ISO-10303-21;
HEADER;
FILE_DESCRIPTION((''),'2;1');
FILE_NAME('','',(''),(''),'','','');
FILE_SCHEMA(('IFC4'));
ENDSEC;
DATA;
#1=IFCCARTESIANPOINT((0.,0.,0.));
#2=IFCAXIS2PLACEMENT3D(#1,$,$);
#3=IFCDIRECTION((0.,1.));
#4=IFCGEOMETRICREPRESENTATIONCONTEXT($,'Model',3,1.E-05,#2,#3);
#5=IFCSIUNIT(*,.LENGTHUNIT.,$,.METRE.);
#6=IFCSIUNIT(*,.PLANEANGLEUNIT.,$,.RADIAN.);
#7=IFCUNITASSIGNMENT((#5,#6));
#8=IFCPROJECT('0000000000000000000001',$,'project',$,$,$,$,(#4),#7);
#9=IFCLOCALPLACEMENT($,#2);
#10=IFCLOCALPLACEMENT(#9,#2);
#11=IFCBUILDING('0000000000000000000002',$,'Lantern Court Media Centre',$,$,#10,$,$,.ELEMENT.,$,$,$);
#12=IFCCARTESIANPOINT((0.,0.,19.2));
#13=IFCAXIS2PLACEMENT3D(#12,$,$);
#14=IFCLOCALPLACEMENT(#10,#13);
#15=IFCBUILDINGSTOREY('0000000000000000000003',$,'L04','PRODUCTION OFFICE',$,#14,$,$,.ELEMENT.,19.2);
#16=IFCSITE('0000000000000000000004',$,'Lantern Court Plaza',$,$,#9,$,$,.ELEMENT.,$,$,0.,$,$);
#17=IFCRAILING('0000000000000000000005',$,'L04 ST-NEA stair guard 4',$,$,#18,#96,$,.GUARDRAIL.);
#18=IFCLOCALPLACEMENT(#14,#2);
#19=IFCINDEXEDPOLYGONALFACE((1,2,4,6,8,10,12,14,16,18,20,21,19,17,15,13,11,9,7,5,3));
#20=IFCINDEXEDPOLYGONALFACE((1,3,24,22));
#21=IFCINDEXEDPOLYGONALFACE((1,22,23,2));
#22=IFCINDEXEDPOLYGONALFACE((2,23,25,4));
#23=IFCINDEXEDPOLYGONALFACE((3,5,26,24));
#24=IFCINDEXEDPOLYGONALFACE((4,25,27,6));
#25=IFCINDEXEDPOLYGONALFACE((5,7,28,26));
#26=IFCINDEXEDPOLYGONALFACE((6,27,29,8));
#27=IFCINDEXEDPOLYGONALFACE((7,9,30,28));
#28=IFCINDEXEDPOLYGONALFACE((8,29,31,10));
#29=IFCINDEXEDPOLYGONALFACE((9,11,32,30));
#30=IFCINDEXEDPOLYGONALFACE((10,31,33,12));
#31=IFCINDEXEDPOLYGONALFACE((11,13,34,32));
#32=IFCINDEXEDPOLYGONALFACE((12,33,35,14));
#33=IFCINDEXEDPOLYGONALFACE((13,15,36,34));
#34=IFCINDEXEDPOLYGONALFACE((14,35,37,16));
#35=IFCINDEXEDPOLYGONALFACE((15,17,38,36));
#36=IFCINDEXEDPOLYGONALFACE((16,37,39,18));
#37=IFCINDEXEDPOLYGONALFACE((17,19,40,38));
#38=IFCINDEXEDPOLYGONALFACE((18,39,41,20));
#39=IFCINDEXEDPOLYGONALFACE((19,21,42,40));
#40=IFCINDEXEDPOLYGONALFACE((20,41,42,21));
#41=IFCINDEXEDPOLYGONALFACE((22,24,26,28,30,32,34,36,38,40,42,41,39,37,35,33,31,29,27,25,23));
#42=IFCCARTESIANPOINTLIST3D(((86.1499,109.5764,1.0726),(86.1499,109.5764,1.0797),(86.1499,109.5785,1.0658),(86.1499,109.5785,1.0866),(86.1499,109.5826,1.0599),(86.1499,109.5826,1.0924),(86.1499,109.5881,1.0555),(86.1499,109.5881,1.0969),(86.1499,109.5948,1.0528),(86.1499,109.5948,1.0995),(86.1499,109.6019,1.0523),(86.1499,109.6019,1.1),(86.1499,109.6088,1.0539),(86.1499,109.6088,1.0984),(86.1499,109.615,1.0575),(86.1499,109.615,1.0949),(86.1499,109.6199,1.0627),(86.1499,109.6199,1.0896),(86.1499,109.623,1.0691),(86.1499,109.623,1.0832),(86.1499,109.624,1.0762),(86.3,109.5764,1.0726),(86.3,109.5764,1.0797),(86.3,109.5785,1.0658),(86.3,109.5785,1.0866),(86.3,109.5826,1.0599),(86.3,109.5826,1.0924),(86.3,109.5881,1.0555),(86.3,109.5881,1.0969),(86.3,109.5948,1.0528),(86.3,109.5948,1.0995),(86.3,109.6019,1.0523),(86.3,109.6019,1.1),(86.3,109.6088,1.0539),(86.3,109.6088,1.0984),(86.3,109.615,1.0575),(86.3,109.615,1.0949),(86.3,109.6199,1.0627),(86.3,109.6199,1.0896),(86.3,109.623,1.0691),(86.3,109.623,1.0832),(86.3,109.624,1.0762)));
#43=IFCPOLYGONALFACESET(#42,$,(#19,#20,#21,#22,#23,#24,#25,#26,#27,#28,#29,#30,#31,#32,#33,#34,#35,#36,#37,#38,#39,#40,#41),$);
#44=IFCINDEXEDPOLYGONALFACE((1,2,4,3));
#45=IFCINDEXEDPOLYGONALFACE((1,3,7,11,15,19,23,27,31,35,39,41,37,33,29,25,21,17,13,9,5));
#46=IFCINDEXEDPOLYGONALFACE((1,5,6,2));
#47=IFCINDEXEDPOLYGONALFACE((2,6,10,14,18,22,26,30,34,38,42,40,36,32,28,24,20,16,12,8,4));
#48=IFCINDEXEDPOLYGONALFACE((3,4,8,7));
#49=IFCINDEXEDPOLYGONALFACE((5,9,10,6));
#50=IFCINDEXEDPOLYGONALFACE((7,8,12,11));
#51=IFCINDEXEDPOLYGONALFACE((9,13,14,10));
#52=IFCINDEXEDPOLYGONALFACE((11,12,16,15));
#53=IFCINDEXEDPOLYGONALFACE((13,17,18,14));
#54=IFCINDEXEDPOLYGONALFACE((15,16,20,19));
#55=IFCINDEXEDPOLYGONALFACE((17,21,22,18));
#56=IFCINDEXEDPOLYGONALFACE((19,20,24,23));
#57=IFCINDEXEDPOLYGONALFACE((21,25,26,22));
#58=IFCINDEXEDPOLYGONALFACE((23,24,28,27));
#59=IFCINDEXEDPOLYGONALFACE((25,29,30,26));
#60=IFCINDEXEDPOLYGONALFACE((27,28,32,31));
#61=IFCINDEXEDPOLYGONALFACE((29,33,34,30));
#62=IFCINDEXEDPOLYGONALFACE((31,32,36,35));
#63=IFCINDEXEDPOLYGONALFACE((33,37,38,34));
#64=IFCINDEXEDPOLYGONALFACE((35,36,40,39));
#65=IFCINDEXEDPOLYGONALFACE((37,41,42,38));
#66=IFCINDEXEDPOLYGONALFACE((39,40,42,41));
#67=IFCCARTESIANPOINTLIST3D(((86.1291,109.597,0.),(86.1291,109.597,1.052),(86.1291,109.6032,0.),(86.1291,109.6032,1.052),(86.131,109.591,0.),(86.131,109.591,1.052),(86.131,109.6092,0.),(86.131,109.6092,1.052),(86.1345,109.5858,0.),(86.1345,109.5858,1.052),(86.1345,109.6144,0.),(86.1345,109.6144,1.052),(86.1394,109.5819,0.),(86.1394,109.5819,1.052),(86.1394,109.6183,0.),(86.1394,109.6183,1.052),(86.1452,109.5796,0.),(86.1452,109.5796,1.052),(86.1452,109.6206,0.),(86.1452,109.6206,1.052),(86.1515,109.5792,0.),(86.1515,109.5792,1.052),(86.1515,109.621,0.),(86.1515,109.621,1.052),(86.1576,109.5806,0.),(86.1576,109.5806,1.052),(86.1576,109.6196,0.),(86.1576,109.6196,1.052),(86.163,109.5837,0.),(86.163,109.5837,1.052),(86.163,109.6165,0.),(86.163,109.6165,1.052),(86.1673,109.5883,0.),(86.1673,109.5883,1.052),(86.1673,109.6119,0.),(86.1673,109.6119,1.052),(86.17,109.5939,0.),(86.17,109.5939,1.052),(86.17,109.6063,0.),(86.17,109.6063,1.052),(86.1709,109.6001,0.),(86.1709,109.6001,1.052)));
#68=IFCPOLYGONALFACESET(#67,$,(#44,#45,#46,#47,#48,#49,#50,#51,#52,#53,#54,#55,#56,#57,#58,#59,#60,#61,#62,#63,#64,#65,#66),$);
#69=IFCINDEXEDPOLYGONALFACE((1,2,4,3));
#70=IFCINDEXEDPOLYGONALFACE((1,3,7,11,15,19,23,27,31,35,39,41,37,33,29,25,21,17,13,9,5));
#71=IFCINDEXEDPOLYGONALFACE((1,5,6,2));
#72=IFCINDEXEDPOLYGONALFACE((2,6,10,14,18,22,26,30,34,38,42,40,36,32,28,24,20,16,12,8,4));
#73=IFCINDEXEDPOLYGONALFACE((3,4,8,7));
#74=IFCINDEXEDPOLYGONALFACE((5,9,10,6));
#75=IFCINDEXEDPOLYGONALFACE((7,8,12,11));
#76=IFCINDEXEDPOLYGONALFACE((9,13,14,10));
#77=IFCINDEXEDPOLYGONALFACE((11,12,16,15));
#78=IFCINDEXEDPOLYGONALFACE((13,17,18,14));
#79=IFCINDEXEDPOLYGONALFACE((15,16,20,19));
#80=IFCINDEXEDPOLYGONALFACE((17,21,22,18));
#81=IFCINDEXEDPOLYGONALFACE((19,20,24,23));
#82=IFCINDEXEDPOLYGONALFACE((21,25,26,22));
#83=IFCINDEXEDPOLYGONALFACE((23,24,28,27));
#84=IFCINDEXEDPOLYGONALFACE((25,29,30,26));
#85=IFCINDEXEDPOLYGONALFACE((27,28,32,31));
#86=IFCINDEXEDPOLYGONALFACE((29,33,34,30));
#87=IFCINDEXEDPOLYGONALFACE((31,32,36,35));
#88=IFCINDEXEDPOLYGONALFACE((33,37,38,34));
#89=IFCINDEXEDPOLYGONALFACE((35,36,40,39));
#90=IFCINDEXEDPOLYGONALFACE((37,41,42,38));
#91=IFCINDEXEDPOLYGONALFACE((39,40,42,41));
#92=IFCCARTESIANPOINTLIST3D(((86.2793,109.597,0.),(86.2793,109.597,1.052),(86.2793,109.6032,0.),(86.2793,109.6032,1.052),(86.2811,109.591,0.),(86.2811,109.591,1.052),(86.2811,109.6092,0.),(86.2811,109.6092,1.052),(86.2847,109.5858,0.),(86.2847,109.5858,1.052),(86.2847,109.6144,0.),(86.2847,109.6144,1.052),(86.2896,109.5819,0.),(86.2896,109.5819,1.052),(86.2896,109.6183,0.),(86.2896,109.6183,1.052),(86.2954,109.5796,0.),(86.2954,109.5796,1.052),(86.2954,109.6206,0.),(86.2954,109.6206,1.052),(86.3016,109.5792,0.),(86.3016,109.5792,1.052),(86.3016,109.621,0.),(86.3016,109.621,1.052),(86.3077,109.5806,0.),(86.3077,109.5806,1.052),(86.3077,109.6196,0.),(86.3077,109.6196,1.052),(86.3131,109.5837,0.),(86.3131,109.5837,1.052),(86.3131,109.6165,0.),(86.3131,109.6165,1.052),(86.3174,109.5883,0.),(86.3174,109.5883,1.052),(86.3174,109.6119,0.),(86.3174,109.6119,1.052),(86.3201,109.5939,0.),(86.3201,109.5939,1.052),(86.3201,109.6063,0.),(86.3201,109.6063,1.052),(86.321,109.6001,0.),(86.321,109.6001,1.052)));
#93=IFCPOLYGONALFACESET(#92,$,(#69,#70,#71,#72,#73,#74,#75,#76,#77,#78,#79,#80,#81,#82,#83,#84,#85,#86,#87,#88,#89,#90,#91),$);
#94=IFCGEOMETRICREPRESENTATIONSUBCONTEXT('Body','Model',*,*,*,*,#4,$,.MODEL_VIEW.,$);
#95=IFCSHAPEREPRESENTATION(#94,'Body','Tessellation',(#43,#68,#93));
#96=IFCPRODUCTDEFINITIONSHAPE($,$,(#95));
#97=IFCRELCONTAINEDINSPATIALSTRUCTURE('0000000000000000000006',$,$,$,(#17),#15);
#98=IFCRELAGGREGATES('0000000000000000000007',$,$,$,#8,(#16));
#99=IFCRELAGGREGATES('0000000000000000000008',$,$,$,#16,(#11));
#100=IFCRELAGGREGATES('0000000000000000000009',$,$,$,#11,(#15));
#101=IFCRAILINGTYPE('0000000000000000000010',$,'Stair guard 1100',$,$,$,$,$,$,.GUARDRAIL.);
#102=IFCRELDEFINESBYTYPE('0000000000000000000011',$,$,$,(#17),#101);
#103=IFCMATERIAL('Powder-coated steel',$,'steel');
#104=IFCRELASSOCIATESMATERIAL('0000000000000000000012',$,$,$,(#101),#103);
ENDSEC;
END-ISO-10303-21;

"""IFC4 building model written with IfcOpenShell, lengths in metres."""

from ifc_helpers import new_model, si_unit, direction, frame, origin, origin_2d, place, context, subcontext, project, spatial, circle, extrude, material, type_object, element, save


model = new_model("IFC4")

# Units and contexts
model_context = context("Model", 3, precision=1e-05, world=origin(), true_north=direction((0.0, 1.0)))
body_context = subcontext(model_context, "Body", "Model", "MODEL_VIEW")
ifc_project = project(units=[si_unit("LENGTHUNIT", "METRE"), si_unit("PLANEANGLEUNIT", "RADIAN")], contexts=[model_context])

# Site, building, storey
site_placement = place(None, origin())
site = spatial("IfcSite", under=ifc_project, at=site_placement, Name="Lantern Court Plaza", CompositionType="ELEMENT", RefElevation=0.0)
building_placement = place(site_placement, origin())
building = spatial("IfcBuilding", under=site, at=building_placement, Name="Lantern Court Media Centre", CompositionType="ELEMENT")
storey_placement = place(building_placement, frame((0.0, 0.0, 19.2)))
storey = spatial("IfcBuildingStorey", under=building, at=storey_placement, Name="L04", Description="PRODUCTION OFFICE", CompositionType="ELEMENT", Elevation=19.2)

# Shared definitions
ifc_material_1 = material(Name="Powder-coated steel", Category="steel")

# Railing
railing_type_1 = type_object("IfcRailingType", Name="Stair guard 1100", PredefinedType="GUARDRAIL", material=ifc_material_1)
railing_1_placement = place(storey_placement, frame((86.1499, 109.6001, 0.0)))
element("IfcRailing", 1, at=railing_1_placement, inside=storey, type_object=railing_type_1, Name="L04 ST-NEA stair guard 4", PredefinedType="GUARDRAIL", context=body_context, shape_type="SweptSolid", body=[
    extrude(circle(Radius=0.0239, at=origin_2d()), frame((0.0, 0.0, 1.0762), z_axis=(1.0, 0.0, 0.0), x_axis=(0.0, 1.0, 0.0)), (0.0, 0.0, 1.0), 0.1501),
    extrude(circle(Radius=0.021, at=origin_2d()), origin(), (0.0, 0.0, 1.0), 1.052),
    extrude(circle(Radius=0.021, at=origin_2d()), frame((0.1501, 0.0, 0.0)), (0.0, 0.0, 1.0), 1.052),
])

save(model, "model.ifc")
